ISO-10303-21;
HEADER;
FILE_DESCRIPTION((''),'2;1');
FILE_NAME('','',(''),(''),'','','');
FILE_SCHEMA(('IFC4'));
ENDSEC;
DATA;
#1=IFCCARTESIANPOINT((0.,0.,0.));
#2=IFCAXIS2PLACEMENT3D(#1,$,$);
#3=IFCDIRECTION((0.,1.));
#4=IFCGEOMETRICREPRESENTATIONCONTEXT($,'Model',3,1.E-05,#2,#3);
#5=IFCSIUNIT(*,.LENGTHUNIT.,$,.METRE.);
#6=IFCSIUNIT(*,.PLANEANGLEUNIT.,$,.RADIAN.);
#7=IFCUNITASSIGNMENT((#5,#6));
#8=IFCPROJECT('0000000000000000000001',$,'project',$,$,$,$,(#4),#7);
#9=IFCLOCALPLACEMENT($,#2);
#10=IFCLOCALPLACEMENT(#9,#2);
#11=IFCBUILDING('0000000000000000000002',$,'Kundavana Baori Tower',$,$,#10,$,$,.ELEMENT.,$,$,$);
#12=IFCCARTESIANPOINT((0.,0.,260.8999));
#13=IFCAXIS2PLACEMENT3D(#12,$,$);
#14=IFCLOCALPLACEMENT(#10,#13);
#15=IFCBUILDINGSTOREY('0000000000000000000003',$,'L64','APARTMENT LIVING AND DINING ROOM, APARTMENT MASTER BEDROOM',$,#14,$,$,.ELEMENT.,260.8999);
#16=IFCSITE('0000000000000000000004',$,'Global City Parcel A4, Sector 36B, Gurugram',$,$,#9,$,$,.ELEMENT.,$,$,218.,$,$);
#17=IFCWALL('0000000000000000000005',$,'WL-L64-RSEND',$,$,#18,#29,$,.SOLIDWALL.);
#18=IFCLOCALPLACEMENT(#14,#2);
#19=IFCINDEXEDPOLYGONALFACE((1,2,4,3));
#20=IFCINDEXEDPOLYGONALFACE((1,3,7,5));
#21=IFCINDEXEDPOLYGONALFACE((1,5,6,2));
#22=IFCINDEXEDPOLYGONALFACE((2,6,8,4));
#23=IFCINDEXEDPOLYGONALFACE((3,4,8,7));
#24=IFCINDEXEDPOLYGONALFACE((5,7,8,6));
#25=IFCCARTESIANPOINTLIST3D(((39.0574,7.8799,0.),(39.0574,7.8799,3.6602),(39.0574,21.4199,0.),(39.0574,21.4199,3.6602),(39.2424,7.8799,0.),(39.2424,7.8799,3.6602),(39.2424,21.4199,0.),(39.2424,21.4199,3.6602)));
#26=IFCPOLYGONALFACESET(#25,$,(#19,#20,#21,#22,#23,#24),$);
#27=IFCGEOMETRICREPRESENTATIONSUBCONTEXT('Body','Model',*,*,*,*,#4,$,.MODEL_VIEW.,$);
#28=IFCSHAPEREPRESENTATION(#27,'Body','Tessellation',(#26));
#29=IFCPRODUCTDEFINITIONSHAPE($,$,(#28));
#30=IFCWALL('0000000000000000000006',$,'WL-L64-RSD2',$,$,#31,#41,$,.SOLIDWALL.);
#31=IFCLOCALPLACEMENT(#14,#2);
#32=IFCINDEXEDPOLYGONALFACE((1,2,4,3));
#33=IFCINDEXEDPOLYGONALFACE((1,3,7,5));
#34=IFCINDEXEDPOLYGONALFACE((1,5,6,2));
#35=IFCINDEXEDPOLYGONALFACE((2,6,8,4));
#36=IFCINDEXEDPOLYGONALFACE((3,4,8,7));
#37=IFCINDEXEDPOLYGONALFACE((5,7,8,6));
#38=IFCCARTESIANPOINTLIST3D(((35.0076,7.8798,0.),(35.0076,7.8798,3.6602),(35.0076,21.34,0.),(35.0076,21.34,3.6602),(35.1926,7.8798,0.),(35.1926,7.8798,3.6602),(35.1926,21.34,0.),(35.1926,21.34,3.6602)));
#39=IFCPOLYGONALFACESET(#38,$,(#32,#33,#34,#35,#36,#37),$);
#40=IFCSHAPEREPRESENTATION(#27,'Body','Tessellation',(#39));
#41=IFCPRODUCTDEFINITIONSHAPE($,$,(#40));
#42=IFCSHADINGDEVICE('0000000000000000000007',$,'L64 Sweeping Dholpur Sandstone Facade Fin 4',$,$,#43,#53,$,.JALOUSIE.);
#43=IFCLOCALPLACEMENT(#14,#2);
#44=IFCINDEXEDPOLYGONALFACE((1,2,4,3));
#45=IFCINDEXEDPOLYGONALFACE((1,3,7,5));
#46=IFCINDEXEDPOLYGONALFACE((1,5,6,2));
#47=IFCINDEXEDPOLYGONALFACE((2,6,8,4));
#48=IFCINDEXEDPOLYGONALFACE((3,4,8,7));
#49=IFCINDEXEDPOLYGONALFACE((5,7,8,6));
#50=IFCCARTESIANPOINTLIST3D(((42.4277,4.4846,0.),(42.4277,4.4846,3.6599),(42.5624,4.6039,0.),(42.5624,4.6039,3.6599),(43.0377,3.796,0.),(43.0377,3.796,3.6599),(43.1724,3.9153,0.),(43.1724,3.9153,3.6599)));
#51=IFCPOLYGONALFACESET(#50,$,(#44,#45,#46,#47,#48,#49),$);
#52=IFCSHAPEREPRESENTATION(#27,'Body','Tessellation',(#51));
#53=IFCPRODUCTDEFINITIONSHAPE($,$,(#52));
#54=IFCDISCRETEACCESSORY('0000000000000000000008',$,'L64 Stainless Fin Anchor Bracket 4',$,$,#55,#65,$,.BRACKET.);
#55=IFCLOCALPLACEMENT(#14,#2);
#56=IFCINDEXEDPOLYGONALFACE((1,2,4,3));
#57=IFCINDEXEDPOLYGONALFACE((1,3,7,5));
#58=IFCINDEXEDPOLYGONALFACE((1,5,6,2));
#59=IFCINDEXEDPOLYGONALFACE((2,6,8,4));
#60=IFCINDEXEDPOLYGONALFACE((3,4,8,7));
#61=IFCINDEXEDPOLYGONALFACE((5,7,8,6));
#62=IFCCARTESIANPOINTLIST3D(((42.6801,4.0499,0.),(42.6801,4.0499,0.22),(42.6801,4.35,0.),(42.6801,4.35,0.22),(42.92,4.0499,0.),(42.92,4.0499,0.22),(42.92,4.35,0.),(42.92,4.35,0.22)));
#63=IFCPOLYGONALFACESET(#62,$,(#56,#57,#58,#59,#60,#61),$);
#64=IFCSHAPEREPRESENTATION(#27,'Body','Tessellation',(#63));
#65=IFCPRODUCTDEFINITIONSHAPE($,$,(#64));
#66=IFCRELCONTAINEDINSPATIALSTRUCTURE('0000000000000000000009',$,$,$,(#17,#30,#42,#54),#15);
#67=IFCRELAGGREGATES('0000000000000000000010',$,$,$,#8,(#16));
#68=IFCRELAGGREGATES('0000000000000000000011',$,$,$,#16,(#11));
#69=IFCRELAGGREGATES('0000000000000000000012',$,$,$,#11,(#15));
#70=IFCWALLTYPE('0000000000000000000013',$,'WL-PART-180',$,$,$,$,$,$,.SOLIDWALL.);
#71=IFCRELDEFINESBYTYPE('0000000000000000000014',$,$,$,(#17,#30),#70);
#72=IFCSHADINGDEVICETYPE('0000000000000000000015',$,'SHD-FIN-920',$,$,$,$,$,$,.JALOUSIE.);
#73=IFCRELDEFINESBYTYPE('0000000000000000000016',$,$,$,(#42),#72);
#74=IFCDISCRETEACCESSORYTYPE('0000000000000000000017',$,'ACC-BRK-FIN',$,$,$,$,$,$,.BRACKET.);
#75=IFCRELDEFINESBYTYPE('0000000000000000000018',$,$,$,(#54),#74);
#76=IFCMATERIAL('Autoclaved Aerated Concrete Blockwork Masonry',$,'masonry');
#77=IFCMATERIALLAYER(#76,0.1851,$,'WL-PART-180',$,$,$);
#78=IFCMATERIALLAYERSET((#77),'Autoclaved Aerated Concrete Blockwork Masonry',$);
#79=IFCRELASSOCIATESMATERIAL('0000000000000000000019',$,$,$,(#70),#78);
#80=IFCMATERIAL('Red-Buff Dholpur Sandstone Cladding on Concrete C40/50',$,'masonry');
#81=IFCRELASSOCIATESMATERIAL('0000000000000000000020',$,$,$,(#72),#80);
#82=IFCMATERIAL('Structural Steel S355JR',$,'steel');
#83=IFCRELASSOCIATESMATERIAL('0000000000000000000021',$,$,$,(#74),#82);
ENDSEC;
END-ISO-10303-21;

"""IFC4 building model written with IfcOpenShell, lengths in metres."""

from ifc_helpers import new_model, si_unit, direction, frame, frame_2d, origin, origin_2d, place, context, subcontext, project, spatial, rectangle, extrude, material, layer, layer_set, type_object, element, save


model = new_model("IFC4")

# Units and contexts
model_context = context("Model", 3, precision=1e-05, world=origin(), true_north=direction((0.0, 1.0)))
body_context = subcontext(model_context, "Body", "Model", "MODEL_VIEW")
ifc_project = project(units=[si_unit("LENGTHUNIT", "METRE"), si_unit("PLANEANGLEUNIT", "RADIAN")], contexts=[model_context])

# Site, building, storey
site_placement = place(None, origin())
site = spatial("IfcSite", under=ifc_project, at=site_placement, Name="Global City Parcel A4, Sector 36B, Gurugram", CompositionType="ELEMENT", RefElevation=218.0)
building_placement = place(site_placement, origin())
building = spatial("IfcBuilding", under=site, at=building_placement, Name="Kundavana Baori Tower", CompositionType="ELEMENT")
storey_placement = place(building_placement, frame((0.0, 0.0, 260.8999)))
storey = spatial("IfcBuildingStorey", under=building, at=storey_placement, Name="L64", Description="APARTMENT LIVING AND DINING ROOM, APARTMENT MASTER BEDROOM", CompositionType="ELEMENT", Elevation=260.8999)

# Walls
ifc_material_1 = material(Name="Autoclaved Aerated Concrete Blockwork Masonry", Category="masonry")
ifc_layer_1 = layer(ifc_material_1, 0.1851, Name="WL-PART-180")
ifc_layer_set_1 = layer_set([ifc_layer_1], Name="Autoclaved Aerated Concrete Blockwork Masonry")
wall_type_1 = type_object("IfcWallType", Name="WL-PART-180", PredefinedType="SOLIDWALL", material=ifc_layer_set_1)
wall_1_placement = place(storey_placement, frame((39.1499, 7.8799, 0.0), z_axis=(0.0, 0.0, 1.0), x_axis=(0.0, 1.0, 0.0)))
element("IfcWall", 1, at=wall_1_placement, inside=storey, type_object=wall_type_1, Name="WL-L64-RSEND", PredefinedType="SOLIDWALL", context=body_context, shape_type="SweptSolid", body=[
    extrude(rectangle(XDim=13.54, YDim=0.1851, at=frame_2d((6.77, 0.0))), origin(), (0.0, 0.0, 1.0), 3.6602),
])
wall_2_placement = place(storey_placement, frame((35.1001, 7.8799, 0.0), z_axis=(0.0, 0.0, 1.0), x_axis=(0.0, 1.0, 0.0)))
element("IfcWall", 2, at=wall_2_placement, inside=storey, type_object=wall_type_1, Name="WL-L64-RSD2", PredefinedType="SOLIDWALL", context=body_context, shape_type="SweptSolid", body=[
    extrude(rectangle(XDim=13.4602, YDim=0.1851, at=frame_2d((6.73, 0.0))), origin(), (0.0, 0.0, 1.0), 3.6602),
])

# Shading device
ifc_material_2 = material(Name="Red-Buff Dholpur Sandstone Cladding on Concrete C40/50", Category="masonry")
shading_device_type = type_object("IfcShadingDeviceType", Name="SHD-FIN-920", PredefinedType="JALOUSIE", material=ifc_material_2)
shading_device_placement = place(storey_placement, frame((42.8, 4.2, 0.0), z_axis=(0.0, 0.0, 1.0), x_axis=(0.748493, 0.663143, 0.0)))
element("IfcShadingDevice", 3, at=shading_device_placement, inside=storey, type_object=shading_device_type, Name="L64 Sweeping Dholpur Sandstone Facade Fin 4", PredefinedType="JALOUSIE", context=body_context, shape_type="SweptSolid", body=[
    extrude(rectangle(XDim=0.1799, YDim=0.9199, at=origin_2d()), origin(), (0.0, 0.0, 1.0), 3.6599),
])

# Discrete accessory
ifc_material_3 = material(Name="Structural Steel S355JR", Category="steel")
discrete_accessory_type = type_object("IfcDiscreteAccessoryType", Name="ACC-BRK-FIN", PredefinedType="BRACKET", material=ifc_material_3)
discrete_accessory_placement = place(storey_placement, frame((42.8, 4.2, 0.0), z_axis=(0.0, 0.0, 1.0), x_axis=(1.0, 0.0, 0.0)))
element("IfcDiscreteAccessory", 4, at=discrete_accessory_placement, inside=storey, type_object=discrete_accessory_type, Name="L64 Stainless Fin Anchor Bracket 4", PredefinedType="BRACKET", context=body_context, shape_type="SweptSolid", body=[
    extrude(rectangle(XDim=0.24, YDim=0.3, at=origin_2d()), origin(), (0.0, 0.0, 1.0), 0.22),
])

save(model, "model.ifc")
